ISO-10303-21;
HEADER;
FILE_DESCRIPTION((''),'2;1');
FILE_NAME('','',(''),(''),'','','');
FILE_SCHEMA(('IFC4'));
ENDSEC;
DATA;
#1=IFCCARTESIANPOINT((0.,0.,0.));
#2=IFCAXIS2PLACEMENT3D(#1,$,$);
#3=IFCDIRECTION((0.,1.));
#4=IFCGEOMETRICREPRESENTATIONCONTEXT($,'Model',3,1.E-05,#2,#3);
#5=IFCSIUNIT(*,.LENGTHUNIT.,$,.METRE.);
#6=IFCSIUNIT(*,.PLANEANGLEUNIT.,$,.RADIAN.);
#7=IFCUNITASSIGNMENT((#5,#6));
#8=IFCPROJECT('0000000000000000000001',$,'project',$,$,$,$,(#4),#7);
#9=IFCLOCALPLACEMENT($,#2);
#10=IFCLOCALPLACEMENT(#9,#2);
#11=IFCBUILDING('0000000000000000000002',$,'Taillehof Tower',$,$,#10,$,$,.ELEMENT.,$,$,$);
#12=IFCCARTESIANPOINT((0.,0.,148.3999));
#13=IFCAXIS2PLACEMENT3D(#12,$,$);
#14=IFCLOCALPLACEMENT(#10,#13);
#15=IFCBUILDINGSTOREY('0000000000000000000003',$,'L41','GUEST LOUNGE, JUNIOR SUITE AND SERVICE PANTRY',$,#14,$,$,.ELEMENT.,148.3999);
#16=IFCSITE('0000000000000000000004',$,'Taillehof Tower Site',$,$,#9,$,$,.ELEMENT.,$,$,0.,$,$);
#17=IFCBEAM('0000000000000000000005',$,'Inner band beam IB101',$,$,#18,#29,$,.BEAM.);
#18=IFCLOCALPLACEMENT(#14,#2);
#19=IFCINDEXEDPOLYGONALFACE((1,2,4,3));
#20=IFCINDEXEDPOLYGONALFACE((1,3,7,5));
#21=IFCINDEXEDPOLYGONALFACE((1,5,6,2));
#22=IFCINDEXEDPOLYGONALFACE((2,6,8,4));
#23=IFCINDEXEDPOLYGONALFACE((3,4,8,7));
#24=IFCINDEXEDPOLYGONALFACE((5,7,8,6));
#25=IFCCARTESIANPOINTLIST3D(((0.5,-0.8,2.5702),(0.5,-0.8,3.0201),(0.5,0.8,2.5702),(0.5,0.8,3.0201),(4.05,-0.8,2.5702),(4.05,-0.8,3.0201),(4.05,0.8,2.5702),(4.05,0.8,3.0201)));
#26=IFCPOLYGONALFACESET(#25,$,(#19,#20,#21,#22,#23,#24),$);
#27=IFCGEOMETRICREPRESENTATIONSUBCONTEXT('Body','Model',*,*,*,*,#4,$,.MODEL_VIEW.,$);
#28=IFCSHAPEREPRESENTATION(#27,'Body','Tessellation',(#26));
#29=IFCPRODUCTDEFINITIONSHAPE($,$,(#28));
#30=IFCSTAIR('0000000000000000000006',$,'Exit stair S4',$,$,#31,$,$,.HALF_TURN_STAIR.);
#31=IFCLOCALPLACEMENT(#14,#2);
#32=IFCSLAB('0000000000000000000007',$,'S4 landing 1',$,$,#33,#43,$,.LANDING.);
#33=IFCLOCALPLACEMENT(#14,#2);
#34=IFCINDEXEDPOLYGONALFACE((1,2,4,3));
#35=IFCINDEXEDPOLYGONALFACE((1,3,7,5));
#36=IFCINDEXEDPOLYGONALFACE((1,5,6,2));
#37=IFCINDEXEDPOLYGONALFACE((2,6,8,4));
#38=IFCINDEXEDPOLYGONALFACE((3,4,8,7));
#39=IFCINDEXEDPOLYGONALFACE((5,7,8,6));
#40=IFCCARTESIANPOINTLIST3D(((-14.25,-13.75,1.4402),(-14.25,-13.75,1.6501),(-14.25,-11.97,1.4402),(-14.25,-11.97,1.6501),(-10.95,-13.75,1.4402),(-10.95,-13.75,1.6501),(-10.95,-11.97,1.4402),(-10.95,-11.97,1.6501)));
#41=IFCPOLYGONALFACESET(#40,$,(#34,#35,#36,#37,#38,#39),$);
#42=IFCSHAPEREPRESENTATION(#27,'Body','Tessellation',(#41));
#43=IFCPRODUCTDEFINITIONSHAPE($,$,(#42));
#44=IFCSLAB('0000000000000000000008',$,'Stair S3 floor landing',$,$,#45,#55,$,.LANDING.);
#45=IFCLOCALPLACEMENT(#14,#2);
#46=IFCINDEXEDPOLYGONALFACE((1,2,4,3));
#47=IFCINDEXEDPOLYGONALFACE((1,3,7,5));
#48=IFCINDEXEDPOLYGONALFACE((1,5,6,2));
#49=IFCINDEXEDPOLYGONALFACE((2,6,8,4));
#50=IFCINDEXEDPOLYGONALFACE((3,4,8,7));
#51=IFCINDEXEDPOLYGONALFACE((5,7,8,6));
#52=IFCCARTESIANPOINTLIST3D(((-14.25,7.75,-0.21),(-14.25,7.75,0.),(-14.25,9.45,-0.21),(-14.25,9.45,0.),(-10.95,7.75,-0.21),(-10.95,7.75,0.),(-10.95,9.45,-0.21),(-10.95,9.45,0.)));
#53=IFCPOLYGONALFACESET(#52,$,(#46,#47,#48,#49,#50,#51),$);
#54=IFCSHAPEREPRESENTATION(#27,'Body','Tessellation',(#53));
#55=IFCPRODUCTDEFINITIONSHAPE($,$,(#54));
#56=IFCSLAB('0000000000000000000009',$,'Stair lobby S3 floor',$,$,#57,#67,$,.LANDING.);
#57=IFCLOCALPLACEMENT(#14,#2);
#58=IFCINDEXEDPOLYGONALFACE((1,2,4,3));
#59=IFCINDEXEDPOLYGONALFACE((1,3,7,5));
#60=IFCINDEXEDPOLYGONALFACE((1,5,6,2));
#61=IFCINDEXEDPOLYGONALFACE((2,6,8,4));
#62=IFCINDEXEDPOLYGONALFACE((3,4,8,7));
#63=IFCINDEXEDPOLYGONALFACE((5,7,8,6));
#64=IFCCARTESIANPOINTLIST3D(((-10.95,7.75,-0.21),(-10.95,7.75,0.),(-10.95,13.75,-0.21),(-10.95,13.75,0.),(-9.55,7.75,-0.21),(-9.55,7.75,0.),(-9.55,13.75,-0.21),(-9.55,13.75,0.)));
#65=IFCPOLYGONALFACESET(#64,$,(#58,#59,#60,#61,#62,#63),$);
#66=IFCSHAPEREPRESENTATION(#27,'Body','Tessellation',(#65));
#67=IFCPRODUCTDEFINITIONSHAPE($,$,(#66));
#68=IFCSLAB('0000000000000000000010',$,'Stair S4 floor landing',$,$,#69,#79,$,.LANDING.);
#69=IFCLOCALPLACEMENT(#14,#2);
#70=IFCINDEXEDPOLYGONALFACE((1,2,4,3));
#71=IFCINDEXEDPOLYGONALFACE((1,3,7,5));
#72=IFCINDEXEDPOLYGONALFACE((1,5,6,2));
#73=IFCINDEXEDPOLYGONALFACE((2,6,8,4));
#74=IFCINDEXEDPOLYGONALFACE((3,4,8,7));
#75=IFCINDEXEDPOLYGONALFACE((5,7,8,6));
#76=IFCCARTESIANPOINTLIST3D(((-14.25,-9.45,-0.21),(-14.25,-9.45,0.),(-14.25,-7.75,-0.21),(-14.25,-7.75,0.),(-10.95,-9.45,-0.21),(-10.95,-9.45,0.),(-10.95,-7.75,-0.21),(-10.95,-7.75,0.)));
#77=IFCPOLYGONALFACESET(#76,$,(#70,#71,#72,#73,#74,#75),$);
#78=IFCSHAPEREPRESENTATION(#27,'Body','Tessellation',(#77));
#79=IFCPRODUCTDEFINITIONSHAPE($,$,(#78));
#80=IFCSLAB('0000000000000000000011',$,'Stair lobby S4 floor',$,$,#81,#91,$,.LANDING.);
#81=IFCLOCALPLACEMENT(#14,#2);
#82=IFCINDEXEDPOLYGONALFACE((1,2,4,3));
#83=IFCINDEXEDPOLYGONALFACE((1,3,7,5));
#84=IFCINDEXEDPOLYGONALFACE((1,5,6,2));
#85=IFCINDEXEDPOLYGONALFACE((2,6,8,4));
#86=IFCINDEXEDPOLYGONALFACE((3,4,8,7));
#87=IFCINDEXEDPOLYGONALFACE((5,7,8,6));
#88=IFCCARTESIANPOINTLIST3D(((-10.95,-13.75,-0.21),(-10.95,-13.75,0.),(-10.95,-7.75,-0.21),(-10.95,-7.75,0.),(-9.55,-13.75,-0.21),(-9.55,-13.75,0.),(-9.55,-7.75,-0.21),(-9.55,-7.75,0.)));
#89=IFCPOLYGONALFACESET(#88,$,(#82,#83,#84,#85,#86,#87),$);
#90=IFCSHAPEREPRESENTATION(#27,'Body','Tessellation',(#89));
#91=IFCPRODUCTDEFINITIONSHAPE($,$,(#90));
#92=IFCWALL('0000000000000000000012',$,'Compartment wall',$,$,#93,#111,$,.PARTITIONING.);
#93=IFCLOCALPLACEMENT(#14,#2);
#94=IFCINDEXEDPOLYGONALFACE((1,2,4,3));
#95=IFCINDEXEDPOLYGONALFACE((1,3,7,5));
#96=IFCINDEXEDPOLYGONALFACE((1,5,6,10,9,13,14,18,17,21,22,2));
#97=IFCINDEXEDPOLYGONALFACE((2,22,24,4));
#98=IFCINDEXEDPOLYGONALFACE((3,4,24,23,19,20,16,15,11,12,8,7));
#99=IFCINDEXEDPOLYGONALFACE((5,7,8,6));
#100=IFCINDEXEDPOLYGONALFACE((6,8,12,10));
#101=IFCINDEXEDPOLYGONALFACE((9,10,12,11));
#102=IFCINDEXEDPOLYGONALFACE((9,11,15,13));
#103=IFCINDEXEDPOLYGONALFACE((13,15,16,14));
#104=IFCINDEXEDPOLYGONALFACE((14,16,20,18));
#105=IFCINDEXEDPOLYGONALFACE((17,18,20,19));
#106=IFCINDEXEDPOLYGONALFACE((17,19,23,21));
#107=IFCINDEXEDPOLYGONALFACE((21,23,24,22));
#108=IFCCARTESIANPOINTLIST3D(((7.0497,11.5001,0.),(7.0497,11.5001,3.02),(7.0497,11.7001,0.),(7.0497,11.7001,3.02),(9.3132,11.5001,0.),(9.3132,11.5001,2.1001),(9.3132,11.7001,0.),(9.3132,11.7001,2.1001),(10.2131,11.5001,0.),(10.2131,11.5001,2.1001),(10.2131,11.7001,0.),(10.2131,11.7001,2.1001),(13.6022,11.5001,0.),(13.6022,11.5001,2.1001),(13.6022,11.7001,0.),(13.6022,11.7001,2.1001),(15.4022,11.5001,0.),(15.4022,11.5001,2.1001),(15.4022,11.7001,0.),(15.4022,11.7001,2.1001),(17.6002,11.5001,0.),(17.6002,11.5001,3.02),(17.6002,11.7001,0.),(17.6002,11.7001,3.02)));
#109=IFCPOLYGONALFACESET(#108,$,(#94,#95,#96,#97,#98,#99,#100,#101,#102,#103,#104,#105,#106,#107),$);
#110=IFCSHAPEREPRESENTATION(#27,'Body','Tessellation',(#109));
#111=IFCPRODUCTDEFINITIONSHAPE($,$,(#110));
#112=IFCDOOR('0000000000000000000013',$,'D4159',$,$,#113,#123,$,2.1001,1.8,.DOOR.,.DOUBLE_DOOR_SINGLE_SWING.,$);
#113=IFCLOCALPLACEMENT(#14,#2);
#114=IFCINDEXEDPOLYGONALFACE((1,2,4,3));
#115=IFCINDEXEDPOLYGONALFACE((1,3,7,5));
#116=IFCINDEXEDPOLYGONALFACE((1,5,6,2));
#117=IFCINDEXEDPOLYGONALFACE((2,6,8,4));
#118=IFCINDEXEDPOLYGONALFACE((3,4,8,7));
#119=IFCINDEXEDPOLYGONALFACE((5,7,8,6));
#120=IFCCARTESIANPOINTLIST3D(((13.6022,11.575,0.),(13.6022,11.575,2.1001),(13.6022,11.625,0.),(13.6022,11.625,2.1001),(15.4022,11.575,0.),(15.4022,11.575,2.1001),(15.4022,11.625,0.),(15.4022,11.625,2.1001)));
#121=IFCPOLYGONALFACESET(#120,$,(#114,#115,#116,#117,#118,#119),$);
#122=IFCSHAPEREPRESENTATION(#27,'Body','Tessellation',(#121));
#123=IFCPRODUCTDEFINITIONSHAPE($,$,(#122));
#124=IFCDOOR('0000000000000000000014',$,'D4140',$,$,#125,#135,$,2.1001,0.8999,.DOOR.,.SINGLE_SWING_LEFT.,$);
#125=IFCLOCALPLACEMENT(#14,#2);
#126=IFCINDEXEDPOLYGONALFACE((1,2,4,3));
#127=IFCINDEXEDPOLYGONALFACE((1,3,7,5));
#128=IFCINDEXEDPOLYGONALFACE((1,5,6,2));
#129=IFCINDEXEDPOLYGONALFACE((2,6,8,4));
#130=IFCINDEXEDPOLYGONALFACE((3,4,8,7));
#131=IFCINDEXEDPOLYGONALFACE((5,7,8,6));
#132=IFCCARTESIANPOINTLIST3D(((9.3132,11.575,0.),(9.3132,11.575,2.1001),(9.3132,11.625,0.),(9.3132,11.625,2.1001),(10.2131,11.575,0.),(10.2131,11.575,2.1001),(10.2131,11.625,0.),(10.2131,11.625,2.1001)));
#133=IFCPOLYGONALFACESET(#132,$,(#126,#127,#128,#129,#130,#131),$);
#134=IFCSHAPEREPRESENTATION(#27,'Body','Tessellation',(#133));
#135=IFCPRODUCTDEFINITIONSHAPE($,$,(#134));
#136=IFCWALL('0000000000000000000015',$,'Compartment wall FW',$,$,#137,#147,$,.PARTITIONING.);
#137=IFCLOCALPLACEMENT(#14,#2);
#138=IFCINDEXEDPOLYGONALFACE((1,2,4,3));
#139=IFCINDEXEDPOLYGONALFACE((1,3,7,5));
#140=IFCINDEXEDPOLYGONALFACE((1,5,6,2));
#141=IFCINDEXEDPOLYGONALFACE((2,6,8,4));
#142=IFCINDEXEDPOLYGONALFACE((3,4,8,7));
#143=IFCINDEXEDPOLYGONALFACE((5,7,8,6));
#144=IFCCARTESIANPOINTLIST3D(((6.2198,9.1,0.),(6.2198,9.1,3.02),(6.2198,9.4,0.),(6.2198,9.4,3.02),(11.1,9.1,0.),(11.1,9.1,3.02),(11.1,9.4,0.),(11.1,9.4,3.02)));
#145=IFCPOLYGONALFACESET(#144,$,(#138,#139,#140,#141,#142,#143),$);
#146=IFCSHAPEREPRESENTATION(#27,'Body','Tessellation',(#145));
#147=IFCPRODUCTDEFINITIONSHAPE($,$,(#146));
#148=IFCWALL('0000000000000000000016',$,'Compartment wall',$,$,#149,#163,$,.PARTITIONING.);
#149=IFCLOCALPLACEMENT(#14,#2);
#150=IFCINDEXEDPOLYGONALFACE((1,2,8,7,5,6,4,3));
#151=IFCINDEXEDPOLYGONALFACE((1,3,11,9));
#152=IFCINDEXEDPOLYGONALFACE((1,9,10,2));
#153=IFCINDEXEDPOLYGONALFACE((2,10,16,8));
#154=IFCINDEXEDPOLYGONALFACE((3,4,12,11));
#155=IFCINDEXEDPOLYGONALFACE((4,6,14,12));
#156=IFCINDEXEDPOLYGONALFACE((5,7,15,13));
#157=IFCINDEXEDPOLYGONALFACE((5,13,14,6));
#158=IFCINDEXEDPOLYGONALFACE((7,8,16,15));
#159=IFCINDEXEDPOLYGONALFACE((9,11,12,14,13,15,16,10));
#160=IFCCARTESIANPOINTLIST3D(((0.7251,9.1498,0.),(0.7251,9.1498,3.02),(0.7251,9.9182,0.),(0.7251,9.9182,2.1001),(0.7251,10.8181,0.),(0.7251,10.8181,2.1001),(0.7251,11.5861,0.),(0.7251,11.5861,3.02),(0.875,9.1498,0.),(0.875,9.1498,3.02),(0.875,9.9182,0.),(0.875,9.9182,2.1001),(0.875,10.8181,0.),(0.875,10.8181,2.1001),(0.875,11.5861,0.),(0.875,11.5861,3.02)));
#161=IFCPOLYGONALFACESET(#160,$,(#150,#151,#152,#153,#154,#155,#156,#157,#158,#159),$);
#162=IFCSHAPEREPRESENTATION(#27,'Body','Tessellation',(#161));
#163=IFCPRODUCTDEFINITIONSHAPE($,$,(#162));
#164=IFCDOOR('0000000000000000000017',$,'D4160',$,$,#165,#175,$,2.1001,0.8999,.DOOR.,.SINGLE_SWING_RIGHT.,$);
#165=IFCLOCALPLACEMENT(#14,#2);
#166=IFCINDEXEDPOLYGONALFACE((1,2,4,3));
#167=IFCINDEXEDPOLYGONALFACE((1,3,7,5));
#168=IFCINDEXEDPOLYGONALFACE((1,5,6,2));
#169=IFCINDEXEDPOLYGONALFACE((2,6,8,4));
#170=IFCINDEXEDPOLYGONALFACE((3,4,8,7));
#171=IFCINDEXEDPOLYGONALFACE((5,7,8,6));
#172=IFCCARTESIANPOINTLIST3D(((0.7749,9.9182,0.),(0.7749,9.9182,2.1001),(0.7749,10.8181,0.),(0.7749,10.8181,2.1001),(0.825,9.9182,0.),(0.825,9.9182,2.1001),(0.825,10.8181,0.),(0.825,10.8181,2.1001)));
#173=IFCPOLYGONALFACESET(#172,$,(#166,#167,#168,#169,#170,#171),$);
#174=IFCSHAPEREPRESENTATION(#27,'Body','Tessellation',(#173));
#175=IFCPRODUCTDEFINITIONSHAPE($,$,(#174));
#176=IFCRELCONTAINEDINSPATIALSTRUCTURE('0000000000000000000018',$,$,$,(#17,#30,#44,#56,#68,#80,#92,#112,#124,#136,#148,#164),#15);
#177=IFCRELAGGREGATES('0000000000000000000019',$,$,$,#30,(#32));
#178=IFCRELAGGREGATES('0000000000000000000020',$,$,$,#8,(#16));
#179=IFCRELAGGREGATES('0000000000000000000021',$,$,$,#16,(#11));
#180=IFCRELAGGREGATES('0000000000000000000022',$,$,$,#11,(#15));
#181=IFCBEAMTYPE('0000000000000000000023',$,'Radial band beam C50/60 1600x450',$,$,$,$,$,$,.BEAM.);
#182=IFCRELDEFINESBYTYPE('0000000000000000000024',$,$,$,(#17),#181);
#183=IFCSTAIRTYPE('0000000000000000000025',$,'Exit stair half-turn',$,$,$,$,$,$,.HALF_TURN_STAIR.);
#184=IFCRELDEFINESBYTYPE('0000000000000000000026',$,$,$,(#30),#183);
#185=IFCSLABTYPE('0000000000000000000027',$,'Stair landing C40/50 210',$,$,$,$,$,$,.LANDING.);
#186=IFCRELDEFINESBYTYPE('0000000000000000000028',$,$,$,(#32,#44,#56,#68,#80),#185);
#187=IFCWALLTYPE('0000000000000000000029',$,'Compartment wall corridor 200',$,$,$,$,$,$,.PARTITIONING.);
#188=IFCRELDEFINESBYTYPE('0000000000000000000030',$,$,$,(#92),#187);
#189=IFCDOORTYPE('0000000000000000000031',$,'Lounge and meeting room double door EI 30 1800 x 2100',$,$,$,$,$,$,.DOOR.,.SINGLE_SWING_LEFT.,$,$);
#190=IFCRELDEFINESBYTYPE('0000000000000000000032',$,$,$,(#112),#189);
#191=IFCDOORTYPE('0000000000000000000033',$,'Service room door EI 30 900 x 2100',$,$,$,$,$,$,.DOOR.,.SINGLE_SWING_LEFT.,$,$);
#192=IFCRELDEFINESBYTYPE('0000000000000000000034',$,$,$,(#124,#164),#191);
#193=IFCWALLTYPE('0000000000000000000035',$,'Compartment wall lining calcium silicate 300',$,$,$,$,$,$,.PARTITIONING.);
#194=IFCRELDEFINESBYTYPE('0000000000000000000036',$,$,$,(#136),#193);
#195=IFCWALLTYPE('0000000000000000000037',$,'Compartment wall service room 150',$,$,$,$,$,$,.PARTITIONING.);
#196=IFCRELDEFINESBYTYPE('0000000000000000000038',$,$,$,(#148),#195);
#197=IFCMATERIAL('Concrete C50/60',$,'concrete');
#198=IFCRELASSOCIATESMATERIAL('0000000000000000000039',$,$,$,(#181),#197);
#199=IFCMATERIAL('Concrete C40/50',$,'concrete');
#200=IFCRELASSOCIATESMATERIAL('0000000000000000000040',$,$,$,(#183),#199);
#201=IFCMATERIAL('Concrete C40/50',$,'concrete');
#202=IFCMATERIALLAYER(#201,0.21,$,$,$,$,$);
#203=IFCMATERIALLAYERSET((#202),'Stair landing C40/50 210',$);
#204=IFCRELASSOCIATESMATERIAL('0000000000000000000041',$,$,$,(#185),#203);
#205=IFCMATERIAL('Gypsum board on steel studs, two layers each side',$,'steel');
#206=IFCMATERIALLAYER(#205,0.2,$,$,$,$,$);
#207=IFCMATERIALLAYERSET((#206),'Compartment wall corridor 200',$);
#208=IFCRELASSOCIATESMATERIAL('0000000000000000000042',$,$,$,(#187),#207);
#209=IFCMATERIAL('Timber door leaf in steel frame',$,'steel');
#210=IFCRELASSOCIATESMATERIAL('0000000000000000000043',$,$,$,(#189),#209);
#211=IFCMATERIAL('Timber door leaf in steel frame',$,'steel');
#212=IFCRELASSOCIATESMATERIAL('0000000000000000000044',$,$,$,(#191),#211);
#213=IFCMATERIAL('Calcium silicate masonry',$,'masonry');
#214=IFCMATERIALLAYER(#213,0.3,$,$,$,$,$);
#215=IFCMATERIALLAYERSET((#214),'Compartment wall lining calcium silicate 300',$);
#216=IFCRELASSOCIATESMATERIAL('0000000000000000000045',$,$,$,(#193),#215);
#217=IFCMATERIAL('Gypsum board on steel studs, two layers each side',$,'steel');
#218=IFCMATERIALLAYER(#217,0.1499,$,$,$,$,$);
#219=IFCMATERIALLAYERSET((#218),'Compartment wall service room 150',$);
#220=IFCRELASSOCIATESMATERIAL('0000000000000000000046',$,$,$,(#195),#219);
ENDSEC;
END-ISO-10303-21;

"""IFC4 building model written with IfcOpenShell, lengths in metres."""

from ifc_helpers import new_model, si_unit, direction, frame, frame_2d, origin, origin_2d, place, context, subcontext, project, spatial, polyline, rectangle, outline, extrude, material, layer, layer_set, material_profile, profile_set, type_object, element, fill, aggregate, save


model = new_model("IFC4")

# Units and contexts
model_context = context("Model", 3, precision=1e-05, world=origin(), true_north=direction((0.0, 1.0)))
body_context = subcontext(model_context, "Body", "Model", "MODEL_VIEW")
ifc_project = project(units=[si_unit("LENGTHUNIT", "METRE"), si_unit("PLANEANGLEUNIT", "RADIAN")], contexts=[model_context])

# Site, building, storey
site_placement = place(None, origin())
site = spatial("IfcSite", under=ifc_project, at=site_placement, Name="Taillehof Tower Site", CompositionType="ELEMENT", RefElevation=0.0)
building_placement = place(site_placement, origin())
building = spatial("IfcBuilding", under=site, at=building_placement, Name="Taillehof Tower", CompositionType="ELEMENT")
storey_placement = place(building_placement, frame((0.0, 0.0, 148.3999)))
storey = spatial("IfcBuildingStorey", under=building, at=storey_placement, Name="L41", Description="GUEST LOUNGE, JUNIOR SUITE AND SERVICE PANTRY", CompositionType="ELEMENT", Elevation=148.3999)

# Beam
ifc_material_1 = material(Name="Concrete C50/60", Category="concrete")
ifc_material_profile = material_profile(ifc_material_1, rectangle(XDim=1.6001, YDim=0.45, at=origin_2d()), Name="RC 1600x450")
ifc_profile_set = profile_set([ifc_material_profile], Name="Concrete C50/60")
beam_type = type_object("IfcBeamType", Name="Radial band beam C50/60 1600x450", PredefinedType="BEAM", material=ifc_profile_set)
beam_placement = place(storey_placement, frame((0.5, 0.0, 2.7952), z_axis=(1.0, 0.0, 0.0), x_axis=(0.0, 1.0, 0.0)))
element("IfcBeam", 1, at=beam_placement, inside=storey, type_object=beam_type, Name="Inner band beam IB101", PredefinedType="BEAM", context=body_context, shape_type="SweptSolid", body=[
    extrude(rectangle(XDim=1.6001, YDim=0.45, at=origin_2d()), origin(), (0.0, 0.0, 1.0), 3.55),
])

# Stair, slab
ifc_material_2 = material(Name="Concrete C40/50", Category="concrete")
stair_type = type_object("IfcStairType", Name="Exit stair half-turn", PredefinedType="HALF_TURN_STAIR", material=ifc_material_2)
stair_1_placement = place(storey_placement, origin())
stair_1 = element("IfcStair", 2, at=stair_1_placement, inside=storey, type_object=stair_type, Name="Exit stair S4", PredefinedType="HALF_TURN_STAIR")
ifc_material_3 = material(Name="Concrete C40/50", Category="concrete")
ifc_layer_1 = layer(ifc_material_3, 0.21)
ifc_layer_set_1 = layer_set([ifc_layer_1], Name="Stair landing C40/50 210")
slab_type = type_object("IfcSlabType", Name="Stair landing C40/50 210", PredefinedType="LANDING", material=ifc_layer_set_1)
slab_1_placement = place(storey_placement, frame((0.0, 0.0, 1.4402)))
slab_1 = element("IfcSlab", 3, at=slab_1_placement, type_object=slab_type, Name="S4 landing 1", PredefinedType="LANDING", context=body_context, shape_type="SweptSolid", body=[
    extrude(outline(polyline([(-14.25, -11.97), (-14.25, -13.75), (-10.95, -13.75), (-10.95, -11.97), (-14.25, -11.97)])), origin(), (0.0, 0.0, 1.0), 0.21),
])
aggregate(stair_1, [slab_1])

# Slabs
slab_2_placement = place(storey_placement, frame((0.0, 0.0, -0.21)))
element("IfcSlab", 4, at=slab_2_placement, inside=storey, type_object=slab_type, Name="Stair S3 floor landing", PredefinedType="LANDING", context=body_context, shape_type="SweptSolid", body=[
    extrude(outline(polyline([(-14.25, 7.75), (-14.25, 9.45), (-10.95, 9.45), (-10.95, 7.75), (-14.25, 7.75)])), origin(), (0.0, 0.0, 1.0), 0.21),
])
slab_3_placement = place(storey_placement, frame((0.0, 0.0, -0.21)))
element("IfcSlab", 5, at=slab_3_placement, inside=storey, type_object=slab_type, Name="Stair lobby S3 floor", PredefinedType="LANDING", context=body_context, shape_type="SweptSolid", body=[
    extrude(outline(polyline([(-10.95, 7.75), (-9.55, 7.75), (-9.55, 13.75), (-10.95, 13.75), (-10.95, 7.75)])), origin(), (0.0, 0.0, 1.0), 0.21),
])
slab_4_placement = place(storey_placement, frame((0.0, 0.0, -0.21)))
element("IfcSlab", 6, at=slab_4_placement, inside=storey, type_object=slab_type, Name="Stair S4 floor landing", PredefinedType="LANDING", context=body_context, shape_type="SweptSolid", body=[
    extrude(outline(polyline([(-14.25, -7.75), (-14.25, -9.45), (-10.95, -9.45), (-10.95, -7.75), (-14.25, -7.75)])), origin(), (0.0, 0.0, 1.0), 0.21),
])
slab_5_placement = place(storey_placement, frame((0.0, 0.0, -0.21)))
element("IfcSlab", 7, at=slab_5_placement, inside=storey, type_object=slab_type, Name="Stair lobby S4 floor", PredefinedType="LANDING", context=body_context, shape_type="SweptSolid", body=[
    extrude(outline(polyline([(-10.95, -13.75), (-9.55, -13.75), (-9.55, -7.75), (-10.95, -7.75), (-10.95, -13.75)])), origin(), (0.0, 0.0, 1.0), 0.21),
])

# Wall, openings, doors
ifc_material_4 = material(Name="Gypsum board on steel studs, two layers each side", Category="steel")
ifc_layer_2 = layer(ifc_material_4, 0.2)
ifc_layer_set_2 = layer_set([ifc_layer_2], Name="Compartment wall corridor 200")
wall_type_1 = type_object("IfcWallType", Name="Compartment wall corridor 200", PredefinedType="PARTITIONING", material=ifc_layer_set_2)
wall_1_placement = place(storey_placement, frame((7.0496, 11.6001, 0.0), z_axis=(0.0, 0.0, 1.0), x_axis=(1.0, 0.0, 0.0)))
wall_1 = element("IfcWall", 8, at=wall_1_placement, inside=storey, type_object=wall_type_1, Name="Compartment wall", PredefinedType="PARTITIONING", context=body_context, shape_type="SweptSolid", body=[
    extrude(rectangle(XDim=10.5505, YDim=0.2, at=frame_2d((5.2754, 0.0))), origin(), (0.0, 0.0, 1.0), 3.02),
])
opening_1_placement = place(wall_1_placement, frame((2.2637, 0.0, 0.0)))
opening_1 = element("IfcOpeningElement", 9, at=opening_1_placement, cuts=wall_1, PredefinedType="OPENING", context=body_context, shape_type="SweptSolid", body=[
    extrude(rectangle(XDim=0.8999, YDim=2.1001, at=frame_2d((0.45, 1.05))), frame((0.0, 0.1099, 0.0), z_axis=(0.0, -1.0, 0.0), x_axis=(1.0, 0.0, 0.0)), (0.0, 0.0, 1.0), 0.22),
])
opening_2_placement = place(wall_1_placement, frame((6.5527, 0.0, 0.0)))
opening_2 = element("IfcOpeningElement", 10, at=opening_2_placement, cuts=wall_1, PredefinedType="OPENING", context=body_context, shape_type="SweptSolid", body=[
    extrude(rectangle(XDim=1.8, YDim=2.1001, at=frame_2d((0.8999, 1.05))), frame((0.0, 0.1099, 0.0), z_axis=(0.0, -1.0, 0.0), x_axis=(1.0, 0.0, 0.0)), (0.0, 0.0, 1.0), 0.22),
])
ifc_material_5 = material(Name="Timber door leaf in steel frame", Category="steel")
door_type_1 = type_object("IfcDoorType", Name="Lounge and meeting room double door EI 30 1800 x 2100", OperationType="SINGLE_SWING_LEFT", PredefinedType="DOOR", material=ifc_material_5)
door_1_placement = place(opening_2_placement, origin())
door_1 = element("IfcDoor", 11, at=door_1_placement, inside=storey, type_object=door_type_1, Name="D4159", OperationType="DOUBLE_DOOR_SINGLE_SWING", OverallHeight=2.1001, OverallWidth=1.8, PredefinedType="DOOR", context=body_context, shape_type="SweptSolid", body=[
    extrude(rectangle(XDim=1.8, YDim=2.1001, at=frame_2d((0.8999, 1.05))), frame((0.0, 0.0249, 0.0), z_axis=(0.0, -1.0, 0.0), x_axis=(1.0, 0.0, 0.0)), (0.0, 0.0, 1.0), 0.05),
])
fill(opening_2, door_1)
ifc_material_6 = material(Name="Timber door leaf in steel frame", Category="steel")
door_type_2 = type_object("IfcDoorType", Name="Service room door EI 30 900 x 2100", OperationType="SINGLE_SWING_LEFT", PredefinedType="DOOR", material=ifc_material_6)
door_2_placement = place(opening_1_placement, origin())
door_2 = element("IfcDoor", 12, at=door_2_placement, inside=storey, type_object=door_type_2, Name="D4140", OperationType="SINGLE_SWING_LEFT", OverallHeight=2.1001, OverallWidth=0.8999, PredefinedType="DOOR", context=body_context, shape_type="SweptSolid", body=[
    extrude(rectangle(XDim=0.8999, YDim=2.1001, at=frame_2d((0.45, 1.05))), frame((0.0, 0.0249, 0.0), z_axis=(0.0, -1.0, 0.0), x_axis=(1.0, 0.0, 0.0)), (0.0, 0.0, 1.0), 0.05),
])
fill(opening_1, door_2)

# Wall
ifc_material_7 = material(Name="Calcium silicate masonry", Category="masonry")
ifc_layer_3 = layer(ifc_material_7, 0.3)
ifc_layer_set_3 = layer_set([ifc_layer_3], Name="Compartment wall lining calcium silicate 300")
wall_type_2 = type_object("IfcWallType", Name="Compartment wall lining calcium silicate 300", PredefinedType="PARTITIONING", material=ifc_layer_set_3)
wall_2_placement = place(storey_placement, frame((6.22, 9.25, 0.0), z_axis=(0.0, 0.0, 1.0), x_axis=(1.0, 0.0, 0.0)))
element("IfcWall", 13, at=wall_2_placement, inside=storey, type_object=wall_type_2, Name="Compartment wall FW", PredefinedType="PARTITIONING", context=body_context, shape_type="SweptSolid", body=[
    extrude(rectangle(XDim=4.8801, YDim=0.3, at=frame_2d((2.4399, 0.0))), origin(), (0.0, 0.0, 1.0), 3.02),
])

# Wall, opening, door
ifc_material_8 = material(Name="Gypsum board on steel studs, two layers each side", Category="steel")
ifc_layer_4 = layer(ifc_material_8, 0.1499)
ifc_layer_set_4 = layer_set([ifc_layer_4], Name="Compartment wall service room 150")
wall_type_3 = type_object("IfcWallType", Name="Compartment wall service room 150", PredefinedType="PARTITIONING", material=ifc_layer_set_4)
wall_3_placement = place(storey_placement, frame((0.8, 11.5862, 0.0), z_axis=(0.0, 0.0, 1.0), x_axis=(0.0, -1.0, 0.0)))
wall_3 = element("IfcWall", 14, at=wall_3_placement, inside=storey, type_object=wall_type_3, Name="Compartment wall", PredefinedType="PARTITIONING", context=body_context, shape_type="SweptSolid", body=[
    extrude(rectangle(XDim=2.4363, YDim=0.1499, at=frame_2d((1.2183, 0.0))), origin(), (0.0, 0.0, 1.0), 3.02),
])
opening_3_placement = place(wall_3_placement, frame((0.7681, 0.0, 0.0)))
opening_3 = element("IfcOpeningElement", 15, at=opening_3_placement, cuts=wall_3, PredefinedType="OPENING", context=body_context, shape_type="SweptSolid", body=[
    extrude(rectangle(XDim=0.8999, YDim=2.1001, at=frame_2d((0.45, 1.05))), frame((0.0, 0.085, 0.0), z_axis=(0.0, -1.0, 0.0), x_axis=(1.0, 0.0, 0.0)), (0.0, 0.0, 1.0), 0.1699),
])
door_3_placement = place(opening_3_placement, origin())
door_3 = element("IfcDoor", 16, at=door_3_placement, inside=storey, type_object=door_type_2, Name="D4160", OperationType="SINGLE_SWING_RIGHT", OverallHeight=2.1001, OverallWidth=0.8999, PredefinedType="DOOR", context=body_context, shape_type="SweptSolid", body=[
    extrude(rectangle(XDim=0.8999, YDim=2.1001, at=frame_2d((0.45, 1.05))), frame((0.0, 0.0249, 0.0), z_axis=(0.0, -1.0, 0.0), x_axis=(1.0, 0.0, 0.0)), (0.0, 0.0, 1.0), 0.05),
])
fill(opening_3, door_3)

save(model, "model.ifc")
